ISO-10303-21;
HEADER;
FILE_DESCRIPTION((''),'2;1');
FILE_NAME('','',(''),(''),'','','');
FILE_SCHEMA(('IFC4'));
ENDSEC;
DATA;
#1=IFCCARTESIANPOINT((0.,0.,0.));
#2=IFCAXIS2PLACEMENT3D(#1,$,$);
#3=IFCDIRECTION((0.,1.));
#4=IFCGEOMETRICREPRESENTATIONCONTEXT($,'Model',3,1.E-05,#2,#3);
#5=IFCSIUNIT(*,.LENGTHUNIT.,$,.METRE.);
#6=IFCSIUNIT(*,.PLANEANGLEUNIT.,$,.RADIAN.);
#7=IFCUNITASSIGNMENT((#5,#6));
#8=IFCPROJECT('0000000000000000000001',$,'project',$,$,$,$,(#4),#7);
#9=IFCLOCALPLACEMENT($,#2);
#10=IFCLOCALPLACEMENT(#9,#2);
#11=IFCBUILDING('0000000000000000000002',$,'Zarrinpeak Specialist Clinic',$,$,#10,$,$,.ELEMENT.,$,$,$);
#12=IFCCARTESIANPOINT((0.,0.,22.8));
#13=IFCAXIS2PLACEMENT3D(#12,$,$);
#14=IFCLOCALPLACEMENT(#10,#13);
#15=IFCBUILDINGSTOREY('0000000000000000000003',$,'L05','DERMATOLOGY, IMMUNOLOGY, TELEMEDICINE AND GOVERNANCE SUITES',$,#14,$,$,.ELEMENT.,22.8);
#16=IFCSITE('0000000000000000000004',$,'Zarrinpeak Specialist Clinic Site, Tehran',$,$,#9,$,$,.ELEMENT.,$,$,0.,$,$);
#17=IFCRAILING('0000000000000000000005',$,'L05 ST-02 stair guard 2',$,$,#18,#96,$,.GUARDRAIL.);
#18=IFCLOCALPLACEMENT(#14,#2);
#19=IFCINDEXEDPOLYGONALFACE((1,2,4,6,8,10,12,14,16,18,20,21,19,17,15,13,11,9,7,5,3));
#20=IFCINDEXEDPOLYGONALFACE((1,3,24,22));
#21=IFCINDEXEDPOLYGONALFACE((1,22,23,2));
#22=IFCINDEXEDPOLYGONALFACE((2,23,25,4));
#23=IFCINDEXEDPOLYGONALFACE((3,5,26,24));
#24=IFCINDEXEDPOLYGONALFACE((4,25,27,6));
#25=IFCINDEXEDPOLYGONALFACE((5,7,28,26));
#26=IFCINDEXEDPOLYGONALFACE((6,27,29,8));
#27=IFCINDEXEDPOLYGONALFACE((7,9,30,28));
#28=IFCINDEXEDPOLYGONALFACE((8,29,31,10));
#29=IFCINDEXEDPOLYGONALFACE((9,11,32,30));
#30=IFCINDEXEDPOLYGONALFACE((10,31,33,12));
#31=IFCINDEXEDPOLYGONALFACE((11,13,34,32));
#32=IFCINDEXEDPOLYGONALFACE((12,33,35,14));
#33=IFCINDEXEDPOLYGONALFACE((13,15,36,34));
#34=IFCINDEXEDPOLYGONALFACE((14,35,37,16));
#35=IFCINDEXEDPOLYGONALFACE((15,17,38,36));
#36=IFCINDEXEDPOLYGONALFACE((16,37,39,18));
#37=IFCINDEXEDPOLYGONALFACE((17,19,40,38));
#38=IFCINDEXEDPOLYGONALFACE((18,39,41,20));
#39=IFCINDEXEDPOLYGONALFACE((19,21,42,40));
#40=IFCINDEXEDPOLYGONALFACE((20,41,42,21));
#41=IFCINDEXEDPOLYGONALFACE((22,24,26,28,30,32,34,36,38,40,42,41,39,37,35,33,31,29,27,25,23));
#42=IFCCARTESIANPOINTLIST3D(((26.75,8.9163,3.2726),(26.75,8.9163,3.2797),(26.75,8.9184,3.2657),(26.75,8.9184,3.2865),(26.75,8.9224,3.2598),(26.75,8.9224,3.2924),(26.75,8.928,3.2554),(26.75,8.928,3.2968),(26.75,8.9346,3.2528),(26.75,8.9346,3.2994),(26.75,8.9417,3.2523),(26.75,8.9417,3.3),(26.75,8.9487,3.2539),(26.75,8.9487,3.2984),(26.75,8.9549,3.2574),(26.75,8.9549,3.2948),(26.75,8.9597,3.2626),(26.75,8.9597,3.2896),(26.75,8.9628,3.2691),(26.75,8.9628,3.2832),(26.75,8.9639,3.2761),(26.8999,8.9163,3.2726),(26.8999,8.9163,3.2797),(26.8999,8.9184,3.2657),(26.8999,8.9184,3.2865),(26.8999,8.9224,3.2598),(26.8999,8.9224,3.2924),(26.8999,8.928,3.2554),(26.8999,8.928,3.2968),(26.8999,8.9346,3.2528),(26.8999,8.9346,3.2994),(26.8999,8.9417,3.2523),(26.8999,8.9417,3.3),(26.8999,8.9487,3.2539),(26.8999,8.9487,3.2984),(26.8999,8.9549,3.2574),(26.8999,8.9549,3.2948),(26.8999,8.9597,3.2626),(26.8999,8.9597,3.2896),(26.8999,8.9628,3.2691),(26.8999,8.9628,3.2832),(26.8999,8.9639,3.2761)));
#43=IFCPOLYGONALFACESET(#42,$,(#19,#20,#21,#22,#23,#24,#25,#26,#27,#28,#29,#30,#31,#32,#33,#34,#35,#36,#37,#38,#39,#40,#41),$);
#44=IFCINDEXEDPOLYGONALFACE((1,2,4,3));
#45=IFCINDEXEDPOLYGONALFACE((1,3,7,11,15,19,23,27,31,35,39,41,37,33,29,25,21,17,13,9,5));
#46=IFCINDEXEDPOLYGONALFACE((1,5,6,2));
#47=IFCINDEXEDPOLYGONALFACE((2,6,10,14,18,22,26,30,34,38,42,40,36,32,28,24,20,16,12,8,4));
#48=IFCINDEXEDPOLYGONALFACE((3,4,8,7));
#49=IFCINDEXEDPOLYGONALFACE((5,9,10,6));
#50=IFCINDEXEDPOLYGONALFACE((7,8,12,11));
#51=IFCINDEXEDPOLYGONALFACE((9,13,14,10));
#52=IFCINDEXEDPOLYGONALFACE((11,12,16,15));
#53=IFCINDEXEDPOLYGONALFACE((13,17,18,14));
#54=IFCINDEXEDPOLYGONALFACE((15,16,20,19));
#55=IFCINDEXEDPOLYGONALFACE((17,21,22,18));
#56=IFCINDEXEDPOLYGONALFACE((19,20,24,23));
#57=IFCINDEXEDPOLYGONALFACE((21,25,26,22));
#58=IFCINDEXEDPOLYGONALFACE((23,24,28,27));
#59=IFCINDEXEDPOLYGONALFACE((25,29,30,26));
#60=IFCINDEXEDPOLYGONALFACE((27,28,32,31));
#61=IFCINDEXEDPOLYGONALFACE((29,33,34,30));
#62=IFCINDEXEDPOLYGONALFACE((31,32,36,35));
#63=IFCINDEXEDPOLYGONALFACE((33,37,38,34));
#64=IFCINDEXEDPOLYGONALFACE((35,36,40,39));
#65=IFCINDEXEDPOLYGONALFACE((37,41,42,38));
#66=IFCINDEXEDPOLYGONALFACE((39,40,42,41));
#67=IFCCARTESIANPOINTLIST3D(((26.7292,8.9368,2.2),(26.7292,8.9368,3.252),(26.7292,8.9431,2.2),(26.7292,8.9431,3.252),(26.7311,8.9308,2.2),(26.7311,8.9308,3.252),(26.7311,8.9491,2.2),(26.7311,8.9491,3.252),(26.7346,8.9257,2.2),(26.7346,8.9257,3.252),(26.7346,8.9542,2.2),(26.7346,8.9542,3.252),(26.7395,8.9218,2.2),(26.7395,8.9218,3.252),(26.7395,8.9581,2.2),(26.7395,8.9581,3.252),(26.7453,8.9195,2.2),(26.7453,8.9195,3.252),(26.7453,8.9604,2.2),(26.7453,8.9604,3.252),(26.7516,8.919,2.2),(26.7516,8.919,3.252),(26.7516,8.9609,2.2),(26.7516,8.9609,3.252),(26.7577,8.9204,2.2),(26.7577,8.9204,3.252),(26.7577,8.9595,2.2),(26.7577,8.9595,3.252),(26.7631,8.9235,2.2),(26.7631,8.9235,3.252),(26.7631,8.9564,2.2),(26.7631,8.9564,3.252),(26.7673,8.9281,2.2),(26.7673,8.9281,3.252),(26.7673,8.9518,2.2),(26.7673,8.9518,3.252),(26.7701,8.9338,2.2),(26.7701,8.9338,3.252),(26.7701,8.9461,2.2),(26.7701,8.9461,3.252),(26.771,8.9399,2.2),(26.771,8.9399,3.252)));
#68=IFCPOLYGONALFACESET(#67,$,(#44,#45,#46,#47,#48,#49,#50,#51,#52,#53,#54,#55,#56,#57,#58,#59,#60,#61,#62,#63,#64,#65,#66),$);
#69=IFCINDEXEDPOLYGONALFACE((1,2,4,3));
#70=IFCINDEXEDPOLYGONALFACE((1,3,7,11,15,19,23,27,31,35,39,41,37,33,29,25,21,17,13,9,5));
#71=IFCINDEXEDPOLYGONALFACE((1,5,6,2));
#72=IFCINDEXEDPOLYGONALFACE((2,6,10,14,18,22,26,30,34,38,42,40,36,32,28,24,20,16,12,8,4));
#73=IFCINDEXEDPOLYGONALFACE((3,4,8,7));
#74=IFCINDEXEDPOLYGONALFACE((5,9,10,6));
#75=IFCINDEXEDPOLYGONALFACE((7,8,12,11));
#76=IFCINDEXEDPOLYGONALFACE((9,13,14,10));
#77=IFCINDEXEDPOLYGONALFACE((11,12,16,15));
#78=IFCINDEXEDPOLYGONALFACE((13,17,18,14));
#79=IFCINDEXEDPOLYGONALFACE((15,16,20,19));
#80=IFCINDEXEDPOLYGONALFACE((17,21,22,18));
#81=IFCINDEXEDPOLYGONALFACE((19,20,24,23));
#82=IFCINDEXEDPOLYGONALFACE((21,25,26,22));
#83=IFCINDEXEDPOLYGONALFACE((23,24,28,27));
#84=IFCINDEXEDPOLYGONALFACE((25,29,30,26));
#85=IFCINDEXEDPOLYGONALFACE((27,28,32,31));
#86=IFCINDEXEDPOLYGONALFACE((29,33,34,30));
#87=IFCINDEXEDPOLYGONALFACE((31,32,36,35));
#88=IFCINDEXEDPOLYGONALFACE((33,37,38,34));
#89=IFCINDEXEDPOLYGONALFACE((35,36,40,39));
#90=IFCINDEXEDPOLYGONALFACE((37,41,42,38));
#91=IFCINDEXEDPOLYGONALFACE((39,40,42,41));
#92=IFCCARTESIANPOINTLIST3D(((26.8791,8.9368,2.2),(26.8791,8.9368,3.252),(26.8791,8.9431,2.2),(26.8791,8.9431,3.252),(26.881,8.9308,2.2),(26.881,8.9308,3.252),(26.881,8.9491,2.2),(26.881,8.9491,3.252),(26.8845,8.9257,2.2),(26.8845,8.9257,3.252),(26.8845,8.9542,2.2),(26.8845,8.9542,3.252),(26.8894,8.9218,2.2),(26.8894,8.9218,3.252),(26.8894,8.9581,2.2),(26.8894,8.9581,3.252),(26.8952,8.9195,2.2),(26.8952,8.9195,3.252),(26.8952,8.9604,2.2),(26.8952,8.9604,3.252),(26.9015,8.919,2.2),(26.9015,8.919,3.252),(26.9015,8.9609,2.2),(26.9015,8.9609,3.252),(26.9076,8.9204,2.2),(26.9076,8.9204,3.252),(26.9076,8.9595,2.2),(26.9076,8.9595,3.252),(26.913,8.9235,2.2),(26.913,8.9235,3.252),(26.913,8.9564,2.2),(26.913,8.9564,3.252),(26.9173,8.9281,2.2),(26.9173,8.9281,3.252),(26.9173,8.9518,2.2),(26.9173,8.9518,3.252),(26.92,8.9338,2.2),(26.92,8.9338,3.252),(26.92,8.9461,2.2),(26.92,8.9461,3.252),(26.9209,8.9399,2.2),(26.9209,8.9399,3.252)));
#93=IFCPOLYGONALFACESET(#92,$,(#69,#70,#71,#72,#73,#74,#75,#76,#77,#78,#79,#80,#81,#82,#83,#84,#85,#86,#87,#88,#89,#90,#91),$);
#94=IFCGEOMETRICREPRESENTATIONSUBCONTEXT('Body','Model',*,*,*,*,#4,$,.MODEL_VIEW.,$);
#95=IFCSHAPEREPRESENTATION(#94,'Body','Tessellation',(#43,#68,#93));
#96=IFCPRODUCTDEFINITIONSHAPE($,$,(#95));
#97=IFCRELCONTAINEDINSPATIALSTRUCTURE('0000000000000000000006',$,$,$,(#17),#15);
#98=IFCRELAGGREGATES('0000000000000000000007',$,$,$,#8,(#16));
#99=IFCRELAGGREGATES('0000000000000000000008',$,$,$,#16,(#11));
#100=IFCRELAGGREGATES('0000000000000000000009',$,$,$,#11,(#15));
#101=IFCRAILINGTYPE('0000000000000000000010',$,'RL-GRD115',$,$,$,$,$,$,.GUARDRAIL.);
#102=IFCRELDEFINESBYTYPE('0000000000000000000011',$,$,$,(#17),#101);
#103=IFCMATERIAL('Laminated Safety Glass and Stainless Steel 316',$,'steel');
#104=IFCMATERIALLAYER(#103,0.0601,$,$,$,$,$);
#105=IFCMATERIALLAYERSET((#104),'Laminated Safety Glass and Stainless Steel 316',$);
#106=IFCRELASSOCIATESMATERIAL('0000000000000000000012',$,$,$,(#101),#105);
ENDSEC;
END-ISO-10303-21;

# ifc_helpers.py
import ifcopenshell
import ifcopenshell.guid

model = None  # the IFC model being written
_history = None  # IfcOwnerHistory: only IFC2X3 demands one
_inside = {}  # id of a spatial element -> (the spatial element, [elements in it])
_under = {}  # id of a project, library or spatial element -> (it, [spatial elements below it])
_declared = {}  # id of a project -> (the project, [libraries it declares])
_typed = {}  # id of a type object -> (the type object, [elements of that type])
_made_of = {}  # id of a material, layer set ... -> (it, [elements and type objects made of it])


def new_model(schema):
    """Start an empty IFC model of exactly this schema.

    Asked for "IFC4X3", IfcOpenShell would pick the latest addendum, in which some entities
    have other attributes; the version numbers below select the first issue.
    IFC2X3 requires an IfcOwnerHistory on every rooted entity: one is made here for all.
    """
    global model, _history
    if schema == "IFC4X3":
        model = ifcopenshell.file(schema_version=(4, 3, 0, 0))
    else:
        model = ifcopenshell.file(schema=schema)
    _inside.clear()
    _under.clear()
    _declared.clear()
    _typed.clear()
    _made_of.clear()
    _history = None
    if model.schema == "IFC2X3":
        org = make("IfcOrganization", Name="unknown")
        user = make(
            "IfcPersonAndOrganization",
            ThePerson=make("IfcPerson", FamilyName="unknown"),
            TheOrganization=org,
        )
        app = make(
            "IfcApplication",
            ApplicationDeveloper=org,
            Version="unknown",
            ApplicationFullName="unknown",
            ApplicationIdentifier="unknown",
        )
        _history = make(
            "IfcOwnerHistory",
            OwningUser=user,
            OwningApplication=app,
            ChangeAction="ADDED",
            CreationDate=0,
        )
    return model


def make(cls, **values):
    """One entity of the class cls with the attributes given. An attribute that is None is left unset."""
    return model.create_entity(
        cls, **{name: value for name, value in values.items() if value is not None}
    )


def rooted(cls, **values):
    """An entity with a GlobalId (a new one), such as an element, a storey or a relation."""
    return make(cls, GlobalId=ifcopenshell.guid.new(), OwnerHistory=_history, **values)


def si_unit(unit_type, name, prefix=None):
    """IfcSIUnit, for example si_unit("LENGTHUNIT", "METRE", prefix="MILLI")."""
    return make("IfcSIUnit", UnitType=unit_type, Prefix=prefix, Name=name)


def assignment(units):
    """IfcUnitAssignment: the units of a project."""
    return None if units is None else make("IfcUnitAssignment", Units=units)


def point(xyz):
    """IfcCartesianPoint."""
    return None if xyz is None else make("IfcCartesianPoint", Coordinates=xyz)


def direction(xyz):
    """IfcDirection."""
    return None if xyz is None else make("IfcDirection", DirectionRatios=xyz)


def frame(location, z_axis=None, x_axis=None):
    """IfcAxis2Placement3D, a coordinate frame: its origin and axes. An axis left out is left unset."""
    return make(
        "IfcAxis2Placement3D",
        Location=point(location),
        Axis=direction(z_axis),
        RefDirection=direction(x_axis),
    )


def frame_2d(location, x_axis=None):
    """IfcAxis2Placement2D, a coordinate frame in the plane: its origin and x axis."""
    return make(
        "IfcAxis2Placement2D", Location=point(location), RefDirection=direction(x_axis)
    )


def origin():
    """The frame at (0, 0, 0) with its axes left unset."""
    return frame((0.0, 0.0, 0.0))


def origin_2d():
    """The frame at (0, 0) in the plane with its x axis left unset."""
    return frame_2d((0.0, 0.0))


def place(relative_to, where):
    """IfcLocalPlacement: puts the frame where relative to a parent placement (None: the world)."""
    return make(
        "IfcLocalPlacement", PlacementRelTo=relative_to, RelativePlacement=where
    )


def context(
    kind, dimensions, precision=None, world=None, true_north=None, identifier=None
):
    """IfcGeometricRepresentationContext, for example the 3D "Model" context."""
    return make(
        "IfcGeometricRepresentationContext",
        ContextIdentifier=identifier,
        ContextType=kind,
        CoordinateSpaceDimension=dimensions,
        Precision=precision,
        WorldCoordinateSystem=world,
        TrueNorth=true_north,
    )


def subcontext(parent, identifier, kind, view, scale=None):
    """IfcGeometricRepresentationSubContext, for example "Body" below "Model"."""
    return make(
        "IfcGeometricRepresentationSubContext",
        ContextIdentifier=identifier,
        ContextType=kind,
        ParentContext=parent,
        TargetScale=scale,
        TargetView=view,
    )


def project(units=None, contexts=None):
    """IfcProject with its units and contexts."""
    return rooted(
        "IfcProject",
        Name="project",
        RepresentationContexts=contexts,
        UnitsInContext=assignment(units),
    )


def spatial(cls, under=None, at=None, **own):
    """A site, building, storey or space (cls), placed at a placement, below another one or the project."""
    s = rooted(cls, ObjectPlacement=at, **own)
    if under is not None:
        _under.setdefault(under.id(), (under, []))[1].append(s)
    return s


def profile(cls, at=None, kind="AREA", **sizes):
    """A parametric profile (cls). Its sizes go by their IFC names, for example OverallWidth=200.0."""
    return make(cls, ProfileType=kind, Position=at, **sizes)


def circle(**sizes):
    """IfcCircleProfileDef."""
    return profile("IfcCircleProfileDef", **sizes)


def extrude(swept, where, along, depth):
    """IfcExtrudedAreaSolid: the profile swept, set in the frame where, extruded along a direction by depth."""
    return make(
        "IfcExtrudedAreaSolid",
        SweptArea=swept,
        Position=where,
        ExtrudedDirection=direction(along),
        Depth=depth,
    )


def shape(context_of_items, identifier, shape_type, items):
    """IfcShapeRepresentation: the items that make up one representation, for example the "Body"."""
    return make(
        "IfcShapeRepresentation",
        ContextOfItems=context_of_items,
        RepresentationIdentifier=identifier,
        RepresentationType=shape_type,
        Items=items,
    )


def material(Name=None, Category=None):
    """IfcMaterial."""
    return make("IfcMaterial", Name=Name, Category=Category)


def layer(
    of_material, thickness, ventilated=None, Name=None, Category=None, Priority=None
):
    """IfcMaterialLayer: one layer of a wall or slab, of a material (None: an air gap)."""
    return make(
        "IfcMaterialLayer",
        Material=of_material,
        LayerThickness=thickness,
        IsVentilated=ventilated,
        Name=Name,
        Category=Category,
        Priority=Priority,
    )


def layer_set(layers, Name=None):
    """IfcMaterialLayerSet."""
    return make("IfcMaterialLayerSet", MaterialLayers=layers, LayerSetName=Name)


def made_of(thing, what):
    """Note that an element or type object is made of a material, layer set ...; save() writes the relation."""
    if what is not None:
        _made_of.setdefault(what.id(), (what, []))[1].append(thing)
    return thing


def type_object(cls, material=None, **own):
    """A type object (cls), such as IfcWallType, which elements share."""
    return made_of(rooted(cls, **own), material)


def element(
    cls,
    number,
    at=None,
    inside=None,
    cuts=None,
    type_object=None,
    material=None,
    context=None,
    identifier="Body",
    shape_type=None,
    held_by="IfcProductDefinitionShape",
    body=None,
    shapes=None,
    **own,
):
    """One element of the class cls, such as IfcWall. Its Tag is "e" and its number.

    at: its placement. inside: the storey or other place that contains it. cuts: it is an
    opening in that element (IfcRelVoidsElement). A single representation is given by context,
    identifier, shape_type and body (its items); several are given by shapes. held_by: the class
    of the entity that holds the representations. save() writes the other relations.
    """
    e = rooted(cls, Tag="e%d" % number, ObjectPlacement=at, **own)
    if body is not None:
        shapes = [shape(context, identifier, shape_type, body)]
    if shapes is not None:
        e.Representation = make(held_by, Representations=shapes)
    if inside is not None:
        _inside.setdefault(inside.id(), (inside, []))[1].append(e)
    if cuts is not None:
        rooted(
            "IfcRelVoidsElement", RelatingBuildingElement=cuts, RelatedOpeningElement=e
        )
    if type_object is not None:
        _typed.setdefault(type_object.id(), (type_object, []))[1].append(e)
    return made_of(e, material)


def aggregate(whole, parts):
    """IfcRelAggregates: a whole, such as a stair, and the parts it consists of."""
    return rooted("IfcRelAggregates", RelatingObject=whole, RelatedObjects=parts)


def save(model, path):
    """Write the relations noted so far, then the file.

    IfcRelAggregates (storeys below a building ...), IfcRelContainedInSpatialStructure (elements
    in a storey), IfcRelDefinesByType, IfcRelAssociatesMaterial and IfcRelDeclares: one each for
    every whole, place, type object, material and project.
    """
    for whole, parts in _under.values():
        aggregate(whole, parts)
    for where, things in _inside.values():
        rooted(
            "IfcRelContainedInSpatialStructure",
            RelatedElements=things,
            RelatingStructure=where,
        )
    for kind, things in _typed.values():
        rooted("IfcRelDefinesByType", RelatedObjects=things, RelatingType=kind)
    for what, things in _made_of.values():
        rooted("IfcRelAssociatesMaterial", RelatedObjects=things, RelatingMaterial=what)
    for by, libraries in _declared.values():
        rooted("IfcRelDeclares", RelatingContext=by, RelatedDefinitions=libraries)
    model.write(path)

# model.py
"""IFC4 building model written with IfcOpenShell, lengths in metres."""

from ifc_helpers import new_model, si_unit, direction, frame, origin, origin_2d, place, context, subcontext, project, spatial, circle, extrude, material, layer, layer_set, type_object, element, save


model = new_model("IFC4")

# Units and contexts
model_context = context("Model", 3, precision=1e-05, world=origin(), true_north=direction((0.0, 1.0)))
body_context = subcontext(model_context, "Body", "Model", "MODEL_VIEW")
ifc_project = project(units=[si_unit("LENGTHUNIT", "METRE"), si_unit("PLANEANGLEUNIT", "RADIAN")], contexts=[model_context])

# Site, building, storey
site_placement = place(None, origin())
site = spatial("IfcSite", under=ifc_project, at=site_placement, Name="Zarrinpeak Specialist Clinic Site, Tehran", CompositionType="ELEMENT", RefElevation=0.0)
building_placement = place(site_placement, origin())
building = spatial("IfcBuilding", under=site, at=building_placement, Name="Zarrinpeak Specialist Clinic", CompositionType="ELEMENT")
storey_placement = place(building_placement, frame((0.0, 0.0, 22.8)))
storey = spatial("IfcBuildingStorey", under=building, at=storey_placement, Name="L05", Description="DERMATOLOGY, IMMUNOLOGY, TELEMEDICINE AND GOVERNANCE SUITES", CompositionType="ELEMENT", Elevation=22.8)

# Railing
ifc_material_1 = material(Name="Laminated Safety Glass and Stainless Steel 316", Category="steel")
ifc_layer_1 = layer(ifc_material_1, 0.0601)
ifc_layer_set_1 = layer_set([ifc_layer_1], Name="Laminated Safety Glass and Stainless Steel 316")
railing_type = type_object("IfcRailingType", Name="RL-GRD115", PredefinedType="GUARDRAIL", material=ifc_layer_set_1)
railing_1_placement = place(storey_placement, frame((26.75, 8.9399, 2.2)))
element("IfcRailing", 1, at=railing_1_placement, inside=storey, type_object=railing_type, Name="L05 ST-02 stair guard 2", PredefinedType="GUARDRAIL", context=body_context, shape_type="SweptSolid", body=[
    extrude(circle(Radius=0.0239, at=origin_2d()), frame((0.0, 0.0, 1.0762), z_axis=(1.0, 0.0, 0.0), x_axis=(0.0, 1.0, 0.0)), (0.0, 0.0, 1.0), 0.1499),
    extrude(circle(Radius=0.021, at=origin_2d()), origin(), (0.0, 0.0, 1.0), 1.052),
    extrude(circle(Radius=0.021, at=origin_2d()), frame((0.1499, 0.0, 0.0)), (0.0, 0.0, 1.0), 1.052),
])

save(model, "model.ifc")
